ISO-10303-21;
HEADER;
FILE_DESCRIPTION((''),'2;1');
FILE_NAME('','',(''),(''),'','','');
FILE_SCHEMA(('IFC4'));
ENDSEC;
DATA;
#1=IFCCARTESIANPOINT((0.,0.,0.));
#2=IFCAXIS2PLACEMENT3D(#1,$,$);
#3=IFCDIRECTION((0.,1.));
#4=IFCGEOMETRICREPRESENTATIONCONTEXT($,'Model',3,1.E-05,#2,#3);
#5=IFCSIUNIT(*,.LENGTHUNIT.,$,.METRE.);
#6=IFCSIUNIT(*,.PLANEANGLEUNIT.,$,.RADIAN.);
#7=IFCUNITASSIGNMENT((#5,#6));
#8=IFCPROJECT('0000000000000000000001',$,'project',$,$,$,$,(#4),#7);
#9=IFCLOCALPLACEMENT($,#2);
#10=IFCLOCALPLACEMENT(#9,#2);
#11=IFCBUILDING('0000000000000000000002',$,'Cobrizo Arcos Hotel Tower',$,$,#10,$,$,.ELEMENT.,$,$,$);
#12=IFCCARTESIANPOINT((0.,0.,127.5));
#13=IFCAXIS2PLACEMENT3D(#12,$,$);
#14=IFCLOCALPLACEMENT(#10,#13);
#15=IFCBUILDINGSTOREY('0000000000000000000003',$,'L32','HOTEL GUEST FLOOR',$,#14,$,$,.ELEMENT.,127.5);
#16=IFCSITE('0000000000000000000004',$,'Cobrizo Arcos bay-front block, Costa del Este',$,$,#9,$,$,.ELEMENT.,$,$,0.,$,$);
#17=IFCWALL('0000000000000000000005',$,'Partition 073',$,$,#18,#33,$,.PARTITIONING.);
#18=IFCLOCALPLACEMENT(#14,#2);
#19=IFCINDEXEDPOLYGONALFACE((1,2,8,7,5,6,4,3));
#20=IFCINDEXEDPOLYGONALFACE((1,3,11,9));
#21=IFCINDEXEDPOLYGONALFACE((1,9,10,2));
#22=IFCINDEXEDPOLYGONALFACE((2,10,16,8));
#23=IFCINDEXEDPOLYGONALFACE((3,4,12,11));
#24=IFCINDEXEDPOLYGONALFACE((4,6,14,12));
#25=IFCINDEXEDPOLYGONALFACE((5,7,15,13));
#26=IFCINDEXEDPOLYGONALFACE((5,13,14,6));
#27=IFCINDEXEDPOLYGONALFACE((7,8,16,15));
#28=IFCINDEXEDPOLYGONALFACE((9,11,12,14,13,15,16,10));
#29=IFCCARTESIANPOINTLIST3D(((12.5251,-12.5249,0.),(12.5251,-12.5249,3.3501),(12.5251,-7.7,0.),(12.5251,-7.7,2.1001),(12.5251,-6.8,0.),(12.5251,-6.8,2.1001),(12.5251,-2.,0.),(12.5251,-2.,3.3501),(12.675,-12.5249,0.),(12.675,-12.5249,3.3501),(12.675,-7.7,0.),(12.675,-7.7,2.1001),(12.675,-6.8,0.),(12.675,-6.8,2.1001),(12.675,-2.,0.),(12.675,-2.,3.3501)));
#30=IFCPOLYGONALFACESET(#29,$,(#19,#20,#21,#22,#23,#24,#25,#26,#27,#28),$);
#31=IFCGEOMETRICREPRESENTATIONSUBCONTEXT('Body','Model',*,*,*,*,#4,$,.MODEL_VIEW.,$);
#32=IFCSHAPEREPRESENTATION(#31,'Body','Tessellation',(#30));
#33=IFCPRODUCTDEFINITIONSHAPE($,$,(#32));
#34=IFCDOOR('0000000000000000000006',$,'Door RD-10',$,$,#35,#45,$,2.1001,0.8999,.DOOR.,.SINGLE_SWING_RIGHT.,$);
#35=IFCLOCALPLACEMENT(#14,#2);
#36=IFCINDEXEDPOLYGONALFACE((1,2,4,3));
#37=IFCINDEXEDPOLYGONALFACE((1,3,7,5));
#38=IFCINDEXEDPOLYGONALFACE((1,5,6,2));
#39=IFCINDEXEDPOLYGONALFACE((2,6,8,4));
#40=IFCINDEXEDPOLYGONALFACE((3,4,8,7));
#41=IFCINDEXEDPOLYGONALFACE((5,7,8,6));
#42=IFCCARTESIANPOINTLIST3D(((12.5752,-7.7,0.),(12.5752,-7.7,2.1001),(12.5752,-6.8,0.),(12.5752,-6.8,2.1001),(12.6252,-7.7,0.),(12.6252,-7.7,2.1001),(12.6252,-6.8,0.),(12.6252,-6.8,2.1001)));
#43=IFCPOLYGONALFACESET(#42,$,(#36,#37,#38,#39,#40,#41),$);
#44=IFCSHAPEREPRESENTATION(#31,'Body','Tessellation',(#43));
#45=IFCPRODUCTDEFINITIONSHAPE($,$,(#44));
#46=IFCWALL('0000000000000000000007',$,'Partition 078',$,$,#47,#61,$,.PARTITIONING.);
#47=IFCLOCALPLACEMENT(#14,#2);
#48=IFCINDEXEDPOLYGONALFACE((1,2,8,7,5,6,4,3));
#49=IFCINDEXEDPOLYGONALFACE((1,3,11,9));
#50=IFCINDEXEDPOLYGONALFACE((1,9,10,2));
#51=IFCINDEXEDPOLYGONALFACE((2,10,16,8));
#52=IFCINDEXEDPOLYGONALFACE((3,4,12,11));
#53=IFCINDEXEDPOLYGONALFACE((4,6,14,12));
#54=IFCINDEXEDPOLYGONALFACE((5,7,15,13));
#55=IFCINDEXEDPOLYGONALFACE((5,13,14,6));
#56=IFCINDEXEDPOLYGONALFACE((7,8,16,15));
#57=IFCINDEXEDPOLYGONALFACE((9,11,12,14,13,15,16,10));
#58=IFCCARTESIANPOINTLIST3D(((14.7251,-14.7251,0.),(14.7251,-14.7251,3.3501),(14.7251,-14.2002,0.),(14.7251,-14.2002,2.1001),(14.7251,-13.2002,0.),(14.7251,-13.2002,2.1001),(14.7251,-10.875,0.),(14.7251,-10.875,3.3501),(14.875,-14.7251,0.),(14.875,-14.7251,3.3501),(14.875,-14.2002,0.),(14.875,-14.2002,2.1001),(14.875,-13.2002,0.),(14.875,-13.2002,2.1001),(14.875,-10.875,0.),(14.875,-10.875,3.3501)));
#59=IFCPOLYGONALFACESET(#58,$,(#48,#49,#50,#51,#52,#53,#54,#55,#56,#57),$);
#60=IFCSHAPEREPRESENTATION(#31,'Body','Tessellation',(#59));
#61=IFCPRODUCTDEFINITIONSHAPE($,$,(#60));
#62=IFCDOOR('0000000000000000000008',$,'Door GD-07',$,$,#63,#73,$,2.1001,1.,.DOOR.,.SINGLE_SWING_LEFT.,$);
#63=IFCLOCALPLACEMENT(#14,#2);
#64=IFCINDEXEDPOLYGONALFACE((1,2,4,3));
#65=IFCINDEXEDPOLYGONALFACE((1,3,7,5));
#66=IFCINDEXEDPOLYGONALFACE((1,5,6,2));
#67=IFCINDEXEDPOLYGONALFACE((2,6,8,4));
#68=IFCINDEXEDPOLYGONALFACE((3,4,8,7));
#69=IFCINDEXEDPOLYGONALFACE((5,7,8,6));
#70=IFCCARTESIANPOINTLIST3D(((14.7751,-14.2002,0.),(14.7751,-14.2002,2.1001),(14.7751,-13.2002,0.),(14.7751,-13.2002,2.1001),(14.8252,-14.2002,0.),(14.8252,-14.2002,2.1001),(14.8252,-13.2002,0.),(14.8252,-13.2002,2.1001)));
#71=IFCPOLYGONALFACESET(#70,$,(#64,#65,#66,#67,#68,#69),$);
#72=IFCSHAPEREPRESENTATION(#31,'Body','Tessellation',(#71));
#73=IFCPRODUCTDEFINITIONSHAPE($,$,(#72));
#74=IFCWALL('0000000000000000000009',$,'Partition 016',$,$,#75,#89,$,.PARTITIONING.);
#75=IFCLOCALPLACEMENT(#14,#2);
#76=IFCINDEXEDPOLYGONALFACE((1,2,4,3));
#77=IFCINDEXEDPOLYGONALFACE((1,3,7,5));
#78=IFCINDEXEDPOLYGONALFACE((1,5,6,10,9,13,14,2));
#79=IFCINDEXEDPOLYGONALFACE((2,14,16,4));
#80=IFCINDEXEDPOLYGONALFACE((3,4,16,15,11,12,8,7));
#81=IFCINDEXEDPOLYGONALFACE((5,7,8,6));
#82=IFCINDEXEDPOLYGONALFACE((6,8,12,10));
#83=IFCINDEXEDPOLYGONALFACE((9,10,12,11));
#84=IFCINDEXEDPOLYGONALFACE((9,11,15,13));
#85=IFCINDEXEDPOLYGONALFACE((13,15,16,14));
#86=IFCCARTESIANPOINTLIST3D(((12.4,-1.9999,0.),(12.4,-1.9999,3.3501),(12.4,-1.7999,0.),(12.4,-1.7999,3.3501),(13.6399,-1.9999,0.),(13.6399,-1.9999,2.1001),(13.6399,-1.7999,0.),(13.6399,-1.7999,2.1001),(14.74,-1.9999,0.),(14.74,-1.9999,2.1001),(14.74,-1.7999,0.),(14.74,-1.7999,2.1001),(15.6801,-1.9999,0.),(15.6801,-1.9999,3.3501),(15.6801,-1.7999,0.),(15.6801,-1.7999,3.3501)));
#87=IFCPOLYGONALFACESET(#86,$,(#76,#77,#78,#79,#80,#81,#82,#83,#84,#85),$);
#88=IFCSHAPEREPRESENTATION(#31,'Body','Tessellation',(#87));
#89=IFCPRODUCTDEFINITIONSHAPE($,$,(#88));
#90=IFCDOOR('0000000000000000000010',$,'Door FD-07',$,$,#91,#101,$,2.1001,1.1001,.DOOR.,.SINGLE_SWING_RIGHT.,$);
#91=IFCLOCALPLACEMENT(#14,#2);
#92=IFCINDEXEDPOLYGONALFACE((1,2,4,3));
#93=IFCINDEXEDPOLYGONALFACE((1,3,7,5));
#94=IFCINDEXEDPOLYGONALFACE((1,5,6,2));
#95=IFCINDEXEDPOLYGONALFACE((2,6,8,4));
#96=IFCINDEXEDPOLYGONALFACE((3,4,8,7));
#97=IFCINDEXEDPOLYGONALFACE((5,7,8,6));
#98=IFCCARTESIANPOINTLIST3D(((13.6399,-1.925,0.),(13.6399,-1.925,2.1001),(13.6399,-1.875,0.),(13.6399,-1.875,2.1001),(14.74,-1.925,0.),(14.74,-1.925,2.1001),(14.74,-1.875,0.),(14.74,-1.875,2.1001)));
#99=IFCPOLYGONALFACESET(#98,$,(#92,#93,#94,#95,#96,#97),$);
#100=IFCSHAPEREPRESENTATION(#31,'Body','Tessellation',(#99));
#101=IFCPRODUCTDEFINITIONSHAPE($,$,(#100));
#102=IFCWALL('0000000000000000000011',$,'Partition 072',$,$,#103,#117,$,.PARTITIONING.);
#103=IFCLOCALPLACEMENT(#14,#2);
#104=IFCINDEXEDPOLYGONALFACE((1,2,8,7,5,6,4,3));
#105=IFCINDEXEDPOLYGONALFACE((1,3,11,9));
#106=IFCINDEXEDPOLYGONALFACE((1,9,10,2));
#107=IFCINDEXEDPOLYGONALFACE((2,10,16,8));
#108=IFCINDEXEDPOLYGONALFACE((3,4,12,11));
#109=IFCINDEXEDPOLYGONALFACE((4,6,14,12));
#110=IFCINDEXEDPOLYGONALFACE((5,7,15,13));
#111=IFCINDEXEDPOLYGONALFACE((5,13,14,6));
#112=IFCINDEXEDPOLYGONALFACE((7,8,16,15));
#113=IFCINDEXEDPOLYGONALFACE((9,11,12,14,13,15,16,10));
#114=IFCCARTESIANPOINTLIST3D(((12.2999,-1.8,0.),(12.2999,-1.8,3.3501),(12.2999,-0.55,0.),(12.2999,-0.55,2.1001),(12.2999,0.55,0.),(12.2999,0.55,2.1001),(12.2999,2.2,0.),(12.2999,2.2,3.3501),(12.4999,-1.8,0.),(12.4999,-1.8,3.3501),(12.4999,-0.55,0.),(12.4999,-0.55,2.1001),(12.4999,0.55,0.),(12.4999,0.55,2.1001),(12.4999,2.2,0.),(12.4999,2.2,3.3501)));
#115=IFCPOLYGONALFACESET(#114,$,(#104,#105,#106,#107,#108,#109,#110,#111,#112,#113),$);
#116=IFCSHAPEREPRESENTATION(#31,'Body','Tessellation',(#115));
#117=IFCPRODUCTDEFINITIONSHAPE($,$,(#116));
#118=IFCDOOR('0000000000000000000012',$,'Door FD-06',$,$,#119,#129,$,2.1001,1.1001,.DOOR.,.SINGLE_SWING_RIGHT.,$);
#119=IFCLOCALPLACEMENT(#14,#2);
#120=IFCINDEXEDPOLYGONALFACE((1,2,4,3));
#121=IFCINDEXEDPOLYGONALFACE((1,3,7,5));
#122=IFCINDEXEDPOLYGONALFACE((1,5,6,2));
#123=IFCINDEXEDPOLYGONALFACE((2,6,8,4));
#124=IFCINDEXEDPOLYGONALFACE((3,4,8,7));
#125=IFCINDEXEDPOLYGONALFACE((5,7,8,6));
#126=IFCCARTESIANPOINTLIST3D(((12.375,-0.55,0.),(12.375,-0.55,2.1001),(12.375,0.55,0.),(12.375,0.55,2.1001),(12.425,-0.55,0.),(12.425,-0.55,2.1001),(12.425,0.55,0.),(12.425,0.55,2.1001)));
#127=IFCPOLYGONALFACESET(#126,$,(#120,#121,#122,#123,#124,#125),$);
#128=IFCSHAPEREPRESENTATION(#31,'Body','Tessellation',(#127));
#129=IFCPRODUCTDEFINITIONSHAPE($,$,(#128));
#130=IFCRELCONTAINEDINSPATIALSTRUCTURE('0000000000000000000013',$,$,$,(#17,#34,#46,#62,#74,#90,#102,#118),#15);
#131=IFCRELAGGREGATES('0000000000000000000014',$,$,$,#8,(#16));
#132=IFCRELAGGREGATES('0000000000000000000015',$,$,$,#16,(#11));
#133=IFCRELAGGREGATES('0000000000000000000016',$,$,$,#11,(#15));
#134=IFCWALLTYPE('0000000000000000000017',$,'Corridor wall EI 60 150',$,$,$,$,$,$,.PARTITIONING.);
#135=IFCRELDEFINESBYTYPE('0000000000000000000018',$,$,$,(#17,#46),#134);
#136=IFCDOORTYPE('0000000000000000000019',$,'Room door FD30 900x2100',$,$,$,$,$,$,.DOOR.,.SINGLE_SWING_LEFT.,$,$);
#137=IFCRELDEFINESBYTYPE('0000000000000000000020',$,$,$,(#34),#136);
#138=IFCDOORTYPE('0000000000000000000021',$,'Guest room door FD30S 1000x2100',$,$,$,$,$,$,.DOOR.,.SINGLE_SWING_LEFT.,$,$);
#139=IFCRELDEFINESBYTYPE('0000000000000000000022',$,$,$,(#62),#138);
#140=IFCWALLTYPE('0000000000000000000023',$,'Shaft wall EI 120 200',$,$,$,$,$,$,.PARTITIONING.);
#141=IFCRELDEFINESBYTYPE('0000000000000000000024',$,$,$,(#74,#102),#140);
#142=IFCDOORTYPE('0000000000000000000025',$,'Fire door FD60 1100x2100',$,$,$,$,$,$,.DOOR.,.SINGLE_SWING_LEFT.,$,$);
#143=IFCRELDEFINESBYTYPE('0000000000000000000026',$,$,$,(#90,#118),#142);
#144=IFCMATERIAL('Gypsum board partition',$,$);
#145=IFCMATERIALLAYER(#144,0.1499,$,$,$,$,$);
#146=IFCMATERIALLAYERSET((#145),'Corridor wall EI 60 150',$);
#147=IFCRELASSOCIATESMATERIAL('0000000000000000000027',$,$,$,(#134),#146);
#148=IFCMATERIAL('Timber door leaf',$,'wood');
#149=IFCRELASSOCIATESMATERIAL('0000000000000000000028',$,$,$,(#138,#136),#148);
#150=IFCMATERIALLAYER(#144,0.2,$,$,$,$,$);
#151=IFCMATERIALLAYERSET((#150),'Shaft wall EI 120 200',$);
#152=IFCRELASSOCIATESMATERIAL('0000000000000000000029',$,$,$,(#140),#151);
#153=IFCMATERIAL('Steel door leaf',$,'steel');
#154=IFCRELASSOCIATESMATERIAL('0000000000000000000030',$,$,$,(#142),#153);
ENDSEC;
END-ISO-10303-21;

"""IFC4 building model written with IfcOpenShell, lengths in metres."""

from ifc_helpers import new_model, si_unit, direction, frame, frame_2d, origin, place, context, subcontext, project, spatial, rectangle, extrude, material, layer, layer_set, type_object, element, fill, save


model = new_model("IFC4")

# Units and contexts
model_context = context("Model", 3, precision=1e-05, world=origin(), true_north=direction((0.0, 1.0)))
body_context = subcontext(model_context, "Body", "Model", "MODEL_VIEW")
ifc_project = project(units=[si_unit("LENGTHUNIT", "METRE"), si_unit("PLANEANGLEUNIT", "RADIAN")], contexts=[model_context])

# Site, building, storey
site_placement = place(None, origin())
site = spatial("IfcSite", under=ifc_project, at=site_placement, Name="Cobrizo Arcos bay-front block, Costa del Este", CompositionType="ELEMENT", RefElevation=0.0)
building_placement = place(site_placement, origin())
building = spatial("IfcBuilding", under=site, at=building_placement, Name="Cobrizo Arcos Hotel Tower", CompositionType="ELEMENT")
storey_placement = place(building_placement, frame((0.0, 0.0, 127.5)))
storey = spatial("IfcBuildingStorey", under=building, at=storey_placement, Name="L32", Description="HOTEL GUEST FLOOR", CompositionType="ELEMENT", Elevation=127.5)

# Shared definitions
ifc_material_1 = material(Name="Gypsum board partition")
ifc_layer_1 = layer(ifc_material_1, 0.1499)
ifc_layer_set_1 = layer_set([ifc_layer_1], Name="Corridor wall EI 60 150")
wall_type_1 = type_object("IfcWallType", Name="Corridor wall EI 60 150", PredefinedType="PARTITIONING", material=ifc_layer_set_1)
ifc_material_2 = material(Name="Timber door leaf", Category="wood")
door_type_1 = type_object("IfcDoorType", Name="Guest room door FD30S 1000x2100", OperationType="SINGLE_SWING_LEFT", PredefinedType="DOOR", material=ifc_material_2)

# Walls, openings, doors
wall_1_placement = place(storey_placement, frame((12.6001, -12.5249, 0.0), z_axis=(0.0, 0.0, 1.0), x_axis=(0.0, 1.0, 0.0)))
wall_1 = element("IfcWall", 1, at=wall_1_placement, inside=storey, type_object=wall_type_1, Name="Partition 073", PredefinedType="PARTITIONING", context=body_context, shape_type="SweptSolid", body=[
    extrude(rectangle(XDim=10.5249, YDim=0.1499, at=frame_2d((5.2625, 0.0))), origin(), (0.0, 0.0, 1.0), 3.3501),
])
opening_1_placement = place(wall_1_placement, frame((4.825, 0.0, 0.0)))
opening_1 = element("IfcOpeningElement", 2, at=opening_1_placement, cuts=wall_1, PredefinedType="OPENING", context=body_context, shape_type="SweptSolid", body=[
    extrude(rectangle(XDim=0.8999, YDim=2.1001, at=frame_2d((0.45, 1.05))), frame((0.0, 0.0869, 0.0), z_axis=(0.0, -1.0, 0.0), x_axis=(1.0, 0.0, 0.0)), (0.0, 0.0, 1.0), 0.1738),
])
door_type_2 = type_object("IfcDoorType", Name="Room door FD30 900x2100", OperationType="SINGLE_SWING_LEFT", PredefinedType="DOOR", material=ifc_material_2)
door_1_placement = place(opening_1_placement, origin())
door_1 = element("IfcDoor", 3, at=door_1_placement, inside=storey, type_object=door_type_2, Name="Door RD-10", OperationType="SINGLE_SWING_RIGHT", OverallHeight=2.1001, OverallWidth=0.8999, PredefinedType="DOOR", context=body_context, shape_type="SweptSolid", body=[
    extrude(rectangle(XDim=0.8999, YDim=2.1001, at=frame_2d((0.45, 1.05))), frame((0.0, 0.0249, 0.0), z_axis=(0.0, -1.0, 0.0), x_axis=(1.0, 0.0, 0.0)), (0.0, 0.0, 1.0), 0.05),
])
fill(opening_1, door_1)
wall_2_placement = place(storey_placement, frame((14.8, -14.7251, 0.0), z_axis=(0.0, 0.0, 1.0), x_axis=(0.0, 1.0, 0.0)))
wall_2 = element("IfcWall", 4, at=wall_2_placement, inside=storey, type_object=wall_type_1, Name="Partition 078", PredefinedType="PARTITIONING", context=body_context, shape_type="SweptSolid", body=[
    extrude(rectangle(XDim=3.8501, YDim=0.1499, at=frame_2d((1.925, 0.0))), origin(), (0.0, 0.0, 1.0), 3.3501),
])
opening_2_placement = place(wall_2_placement, frame((0.5249, 0.0, 0.0)))
opening_2 = element("IfcOpeningElement", 5, at=opening_2_placement, cuts=wall_2, PredefinedType="OPENING", context=body_context, shape_type="SweptSolid", body=[
    extrude(rectangle(XDim=1.0, YDim=2.1001, at=frame_2d((0.5, 1.05))), frame((0.0, 0.0869, 0.0), z_axis=(0.0, -1.0, 0.0), x_axis=(1.0, 0.0, 0.0)), (0.0, 0.0, 1.0), 0.1738),
])
door_2_placement = place(opening_2_placement, origin())
door_2 = element("IfcDoor", 6, at=door_2_placement, inside=storey, type_object=door_type_1, Name="Door GD-07", OperationType="SINGLE_SWING_LEFT", OverallHeight=2.1001, OverallWidth=1.0, PredefinedType="DOOR", context=body_context, shape_type="SweptSolid", body=[
    extrude(rectangle(XDim=1.0, YDim=2.1001, at=frame_2d((0.5, 1.05))), frame((0.0, 0.0249, 0.0), z_axis=(0.0, -1.0, 0.0), x_axis=(1.0, 0.0, 0.0)), (0.0, 0.0, 1.0), 0.05),
])
fill(opening_2, door_2)
ifc_layer_2 = layer(ifc_material_1, 0.2)
ifc_layer_set_2 = layer_set([ifc_layer_2], Name="Shaft wall EI 120 200")
wall_type_2 = type_object("IfcWallType", Name="Shaft wall EI 120 200", PredefinedType="PARTITIONING", material=ifc_layer_set_2)
wall_3_placement = place(storey_placement, frame((12.3999, -1.8999, 0.0), z_axis=(0.0, 0.0, 1.0), x_axis=(1.0, 0.0, 0.0)))
wall_3 = element("IfcWall", 7, at=wall_3_placement, inside=storey, type_object=wall_type_2, Name="Partition 016", PredefinedType="PARTITIONING", context=body_context, shape_type="SweptSolid", body=[
    extrude(rectangle(XDim=3.28, YDim=0.2, at=frame_2d((1.6401, 0.0))), origin(), (0.0, 0.0, 1.0), 3.3501),
])
opening_3_placement = place(wall_3_placement, frame((1.24, 0.0, 0.0)))
opening_3 = element("IfcOpeningElement", 8, at=opening_3_placement, cuts=wall_3, PredefinedType="OPENING", context=body_context, shape_type="SweptSolid", body=[
    extrude(rectangle(XDim=1.1001, YDim=2.1001, at=frame_2d((0.55, 1.05))), frame((0.0, 0.1121, 0.0), z_axis=(0.0, -1.0, 0.0), x_axis=(1.0, 0.0, 0.0)), (0.0, 0.0, 1.0), 0.2239),
])
ifc_material_3 = material(Name="Steel door leaf", Category="steel")
door_type_3 = type_object("IfcDoorType", Name="Fire door FD60 1100x2100", OperationType="SINGLE_SWING_LEFT", PredefinedType="DOOR", material=ifc_material_3)
door_3_placement = place(opening_3_placement, origin())
door_3 = element("IfcDoor", 9, at=door_3_placement, inside=storey, type_object=door_type_3, Name="Door FD-07", OperationType="SINGLE_SWING_RIGHT", OverallHeight=2.1001, OverallWidth=1.1001, PredefinedType="DOOR", context=body_context, shape_type="SweptSolid", body=[
    extrude(rectangle(XDim=1.1001, YDim=2.1001, at=frame_2d((0.55, 1.05))), frame((0.0, 0.0249, 0.0), z_axis=(0.0, -1.0, 0.0), x_axis=(1.0, 0.0, 0.0)), (0.0, 0.0, 1.0), 0.05),
])
fill(opening_3, door_3)
wall_4_placement = place(storey_placement, frame((12.3999, -1.8, 0.0), z_axis=(0.0, 0.0, 1.0), x_axis=(0.0, 1.0, 0.0)))
wall_4 = element("IfcWall", 10, at=wall_4_placement, inside=storey, type_object=wall_type_2, Name="Partition 072", PredefinedType="PARTITIONING", context=body_context, shape_type="SweptSolid", body=[
    extrude(rectangle(XDim=4.0, YDim=0.2, at=frame_2d((2.0, 0.0))), origin(), (0.0, 0.0, 1.0), 3.3501),
])
opening_4_placement = place(wall_4_placement, frame((1.25, 0.0, 0.0)))
opening_4 = element("IfcOpeningElement", 11, at=opening_4_placement, cuts=wall_4, PredefinedType="OPENING", context=body_context, shape_type="SweptSolid", body=[
    extrude(rectangle(XDim=1.1001, YDim=2.1001, at=frame_2d((0.55, 1.05))), frame((0.0, 0.1121, 0.0), z_axis=(0.0, -1.0, 0.0), x_axis=(1.0, 0.0, 0.0)), (0.0, 0.0, 1.0), 0.2239),
])
door_4_placement = place(opening_4_placement, origin())
door_4 = element("IfcDoor", 12, at=door_4_placement, inside=storey, type_object=door_type_3, Name="Door FD-06", OperationType="SINGLE_SWING_RIGHT", OverallHeight=2.1001, OverallWidth=1.1001, PredefinedType="DOOR", context=body_context, shape_type="SweptSolid", body=[
    extrude(rectangle(XDim=1.1001, YDim=2.1001, at=frame_2d((0.55, 1.05))), frame((0.0, 0.0249, 0.0), z_axis=(0.0, -1.0, 0.0), x_axis=(1.0, 0.0, 0.0)), (0.0, 0.0, 1.0), 0.05),
])
fill(opening_4, door_4)

save(model, "model.ifc")
